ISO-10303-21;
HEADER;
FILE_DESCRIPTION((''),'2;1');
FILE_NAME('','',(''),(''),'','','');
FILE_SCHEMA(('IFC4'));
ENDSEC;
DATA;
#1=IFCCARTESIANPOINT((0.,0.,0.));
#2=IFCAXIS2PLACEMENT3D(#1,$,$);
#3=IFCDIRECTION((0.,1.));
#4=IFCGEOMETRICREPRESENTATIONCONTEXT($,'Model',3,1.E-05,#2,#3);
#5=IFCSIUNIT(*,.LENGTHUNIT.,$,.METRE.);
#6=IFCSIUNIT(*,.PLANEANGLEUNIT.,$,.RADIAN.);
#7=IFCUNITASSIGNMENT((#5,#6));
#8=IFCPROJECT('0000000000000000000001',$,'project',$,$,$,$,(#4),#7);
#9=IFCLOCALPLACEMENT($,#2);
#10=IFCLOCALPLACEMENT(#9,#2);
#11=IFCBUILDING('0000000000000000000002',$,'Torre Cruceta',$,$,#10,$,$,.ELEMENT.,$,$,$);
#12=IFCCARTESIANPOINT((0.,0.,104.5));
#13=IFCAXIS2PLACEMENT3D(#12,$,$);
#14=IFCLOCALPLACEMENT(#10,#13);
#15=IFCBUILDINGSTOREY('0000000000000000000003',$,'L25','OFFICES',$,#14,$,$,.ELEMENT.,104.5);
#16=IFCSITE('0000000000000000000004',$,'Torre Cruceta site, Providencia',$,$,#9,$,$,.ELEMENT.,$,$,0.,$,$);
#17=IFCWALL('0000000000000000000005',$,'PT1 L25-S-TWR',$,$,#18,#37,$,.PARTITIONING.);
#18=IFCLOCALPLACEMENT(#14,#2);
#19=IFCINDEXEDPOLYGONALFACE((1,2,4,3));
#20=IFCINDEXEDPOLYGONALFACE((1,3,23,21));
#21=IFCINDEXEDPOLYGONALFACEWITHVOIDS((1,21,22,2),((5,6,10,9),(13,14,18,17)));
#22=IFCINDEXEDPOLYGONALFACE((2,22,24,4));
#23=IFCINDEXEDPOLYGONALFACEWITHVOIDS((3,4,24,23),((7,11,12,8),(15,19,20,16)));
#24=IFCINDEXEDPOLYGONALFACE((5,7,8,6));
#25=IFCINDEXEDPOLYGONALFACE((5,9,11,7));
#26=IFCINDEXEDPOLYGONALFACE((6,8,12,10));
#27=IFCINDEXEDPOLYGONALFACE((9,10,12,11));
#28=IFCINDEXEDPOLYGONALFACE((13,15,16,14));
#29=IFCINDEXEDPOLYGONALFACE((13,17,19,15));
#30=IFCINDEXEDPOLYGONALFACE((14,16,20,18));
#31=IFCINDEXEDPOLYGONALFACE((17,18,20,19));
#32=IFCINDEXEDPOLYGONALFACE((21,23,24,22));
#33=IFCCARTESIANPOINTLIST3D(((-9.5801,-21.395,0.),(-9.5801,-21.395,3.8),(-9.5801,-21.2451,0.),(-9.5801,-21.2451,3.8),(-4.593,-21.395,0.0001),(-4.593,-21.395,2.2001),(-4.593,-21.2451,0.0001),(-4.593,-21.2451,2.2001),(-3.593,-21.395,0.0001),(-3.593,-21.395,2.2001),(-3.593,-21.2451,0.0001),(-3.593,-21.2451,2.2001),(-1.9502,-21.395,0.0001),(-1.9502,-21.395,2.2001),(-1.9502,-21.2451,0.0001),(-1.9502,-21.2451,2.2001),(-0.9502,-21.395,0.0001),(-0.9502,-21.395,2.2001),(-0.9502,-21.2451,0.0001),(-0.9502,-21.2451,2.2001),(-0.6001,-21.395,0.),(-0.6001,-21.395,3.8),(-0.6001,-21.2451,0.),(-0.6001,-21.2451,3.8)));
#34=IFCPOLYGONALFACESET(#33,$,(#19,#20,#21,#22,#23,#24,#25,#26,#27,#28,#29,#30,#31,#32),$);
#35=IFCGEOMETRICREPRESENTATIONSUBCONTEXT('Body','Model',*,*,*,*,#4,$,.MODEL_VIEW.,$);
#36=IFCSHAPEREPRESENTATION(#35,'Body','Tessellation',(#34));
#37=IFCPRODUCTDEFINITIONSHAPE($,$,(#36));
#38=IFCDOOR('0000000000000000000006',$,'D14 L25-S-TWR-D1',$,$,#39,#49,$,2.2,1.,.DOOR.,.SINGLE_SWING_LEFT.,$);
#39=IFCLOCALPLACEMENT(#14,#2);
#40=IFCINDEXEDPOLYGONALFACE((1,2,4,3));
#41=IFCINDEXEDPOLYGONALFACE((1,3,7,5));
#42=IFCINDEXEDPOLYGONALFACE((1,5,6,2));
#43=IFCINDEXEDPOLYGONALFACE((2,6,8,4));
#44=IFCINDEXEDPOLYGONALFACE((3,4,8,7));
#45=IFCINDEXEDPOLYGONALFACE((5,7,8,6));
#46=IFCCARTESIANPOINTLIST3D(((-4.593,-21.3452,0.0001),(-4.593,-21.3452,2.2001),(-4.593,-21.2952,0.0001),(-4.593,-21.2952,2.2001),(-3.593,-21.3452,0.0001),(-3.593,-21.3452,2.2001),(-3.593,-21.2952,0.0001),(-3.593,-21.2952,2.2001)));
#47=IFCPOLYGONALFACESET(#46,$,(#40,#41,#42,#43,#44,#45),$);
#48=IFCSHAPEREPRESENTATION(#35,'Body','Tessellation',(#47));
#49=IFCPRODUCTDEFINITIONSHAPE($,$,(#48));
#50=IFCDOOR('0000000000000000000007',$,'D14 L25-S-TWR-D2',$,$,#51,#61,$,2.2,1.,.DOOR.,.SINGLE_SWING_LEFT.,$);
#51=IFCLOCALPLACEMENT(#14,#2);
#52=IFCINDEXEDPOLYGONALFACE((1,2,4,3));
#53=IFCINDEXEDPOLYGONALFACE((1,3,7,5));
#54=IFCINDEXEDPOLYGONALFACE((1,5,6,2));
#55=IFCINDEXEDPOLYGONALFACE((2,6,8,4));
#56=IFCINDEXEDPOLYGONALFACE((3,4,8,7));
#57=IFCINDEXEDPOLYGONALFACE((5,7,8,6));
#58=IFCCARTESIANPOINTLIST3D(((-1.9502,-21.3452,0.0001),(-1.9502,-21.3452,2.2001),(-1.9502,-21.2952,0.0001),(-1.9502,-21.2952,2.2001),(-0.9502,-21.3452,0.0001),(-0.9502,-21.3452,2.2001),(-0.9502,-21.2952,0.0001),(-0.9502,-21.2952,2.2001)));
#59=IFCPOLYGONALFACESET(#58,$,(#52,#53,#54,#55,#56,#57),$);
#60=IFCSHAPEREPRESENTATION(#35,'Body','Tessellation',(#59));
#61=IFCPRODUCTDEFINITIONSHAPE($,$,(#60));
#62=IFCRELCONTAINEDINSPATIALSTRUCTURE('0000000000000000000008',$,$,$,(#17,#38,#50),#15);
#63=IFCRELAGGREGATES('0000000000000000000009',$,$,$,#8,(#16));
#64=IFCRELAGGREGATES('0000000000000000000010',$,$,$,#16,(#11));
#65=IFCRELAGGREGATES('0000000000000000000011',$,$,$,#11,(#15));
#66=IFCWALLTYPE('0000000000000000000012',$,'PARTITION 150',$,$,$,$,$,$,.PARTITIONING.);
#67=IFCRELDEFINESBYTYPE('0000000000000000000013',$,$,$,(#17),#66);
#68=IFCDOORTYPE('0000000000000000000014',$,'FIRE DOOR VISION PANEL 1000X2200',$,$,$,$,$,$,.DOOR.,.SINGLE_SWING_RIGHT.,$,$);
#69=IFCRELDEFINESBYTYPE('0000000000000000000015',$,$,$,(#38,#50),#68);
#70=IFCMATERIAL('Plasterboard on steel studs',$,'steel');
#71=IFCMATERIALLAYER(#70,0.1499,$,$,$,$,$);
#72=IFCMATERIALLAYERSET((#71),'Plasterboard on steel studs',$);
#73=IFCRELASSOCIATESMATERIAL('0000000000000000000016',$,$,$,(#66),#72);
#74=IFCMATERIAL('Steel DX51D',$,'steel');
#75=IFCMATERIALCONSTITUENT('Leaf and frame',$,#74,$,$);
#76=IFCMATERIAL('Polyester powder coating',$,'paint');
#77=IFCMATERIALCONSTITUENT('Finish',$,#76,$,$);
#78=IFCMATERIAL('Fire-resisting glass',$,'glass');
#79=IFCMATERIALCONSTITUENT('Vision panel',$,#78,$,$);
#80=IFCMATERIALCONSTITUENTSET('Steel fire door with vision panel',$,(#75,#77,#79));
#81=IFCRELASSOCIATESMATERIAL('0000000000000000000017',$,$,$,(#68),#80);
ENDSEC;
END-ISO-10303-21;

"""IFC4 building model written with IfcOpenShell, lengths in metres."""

from ifc_helpers import new_model, si_unit, direction, frame, frame_2d, origin, place, context, subcontext, project, spatial, rectangle, extrude, material, layer, layer_set, constituent, constituent_set, type_object, element, fill, save


model = new_model("IFC4")

# Units and contexts
model_context = context("Model", 3, precision=1e-05, world=origin(), true_north=direction((0.0, 1.0)))
body_context = subcontext(model_context, "Body", "Model", "MODEL_VIEW")
ifc_project = project(units=[si_unit("LENGTHUNIT", "METRE"), si_unit("PLANEANGLEUNIT", "RADIAN")], contexts=[model_context])

# Site, building, storey
site_placement = place(None, origin())
site = spatial("IfcSite", under=ifc_project, at=site_placement, Name="Torre Cruceta site, Providencia", CompositionType="ELEMENT", RefElevation=0.0)
building_placement = place(site_placement, origin())
building = spatial("IfcBuilding", under=site, at=building_placement, Name="Torre Cruceta", CompositionType="ELEMENT")
storey_placement = place(building_placement, frame((0.0, 0.0, 104.5)))
storey = spatial("IfcBuildingStorey", under=building, at=storey_placement, Name="L25", Description="OFFICES", CompositionType="ELEMENT", Elevation=104.5)

# Shared definitions
ifc_material_1 = material(Name="Plasterboard on steel studs", Category="steel")
ifc_layer_1 = layer(ifc_material_1, 0.1499)
ifc_layer_set_1 = layer_set([ifc_layer_1], Name="Plasterboard on steel studs")
wall_type_1 = type_object("IfcWallType", Name="PARTITION 150", PredefinedType="PARTITIONING", material=ifc_layer_set_1)

# Wall, openings, doors
wall_1_placement = place(storey_placement, frame((-9.5801, -21.3201, 0.0), z_axis=(0.0, 0.0, 1.0), x_axis=(1.0, 0.0, 0.0)))
wall_1 = element("IfcWall", 1, at=wall_1_placement, inside=storey, type_object=wall_type_1, Name="PT1 L25-S-TWR", PredefinedType="PARTITIONING", context=body_context, shape_type="SweptSolid", body=[
    extrude(rectangle(XDim=8.98, YDim=0.1499, at=frame_2d((4.49, 0.0))), origin(), (0.0, 0.0, 1.0), 3.8),
])
opening_1_placement = place(wall_1_placement, frame((4.9871, 0.0, 0.0)))
opening_1 = element("IfcOpeningElement", 2, at=opening_1_placement, cuts=wall_1, PredefinedType="OPENING", context=body_context, shape_type="SweptSolid", body=[
    extrude(rectangle(XDim=1.0, YDim=2.2, at=frame_2d((0.5, 1.1001))), frame((0.0, 0.085, 0.0), z_axis=(0.0, -1.0, 0.0), x_axis=(1.0, 0.0, 0.0)), (0.0, 0.0, 1.0), 0.1699),
])
opening_2_placement = place(wall_1_placement, frame((7.6299, 0.0, 0.0)))
opening_2 = element("IfcOpeningElement", 3, at=opening_2_placement, cuts=wall_1, PredefinedType="OPENING", context=body_context, shape_type="SweptSolid", body=[
    extrude(rectangle(XDim=1.0, YDim=2.2, at=frame_2d((0.5, 1.1001))), frame((0.0, 0.085, 0.0), z_axis=(0.0, -1.0, 0.0), x_axis=(1.0, 0.0, 0.0)), (0.0, 0.0, 1.0), 0.1699),
])
ifc_material_2 = material(Name="Steel DX51D", Category="steel")
ifc_constituent_1 = constituent(ifc_material_2, Name="Leaf and frame")
ifc_material_3 = material(Name="Polyester powder coating", Category="paint")
ifc_constituent_2 = constituent(ifc_material_3, Name="Finish")
ifc_material_4 = material(Name="Fire-resisting glass", Category="glass")
ifc_constituent_3 = constituent(ifc_material_4, Name="Vision panel")
ifc_constituent_set_1 = constituent_set(constituents=[ifc_constituent_1, ifc_constituent_2, ifc_constituent_3], Name="Steel fire door with vision panel")
door_type = type_object("IfcDoorType", Name="FIRE DOOR VISION PANEL 1000X2200", OperationType="SINGLE_SWING_RIGHT", PredefinedType="DOOR", material=ifc_constituent_set_1)
door_1_placement = place(opening_1_placement, frame((1.0, 0.0, 0.0), z_axis=(0.0, 0.0, 1.0), x_axis=(-1.0, 0.0, 0.0)))
door_1 = element("IfcDoor", 4, at=door_1_placement, inside=storey, type_object=door_type, Name="D14 L25-S-TWR-D1", OperationType="SINGLE_SWING_LEFT", OverallHeight=2.2, OverallWidth=1.0, PredefinedType="DOOR", context=body_context, shape_type="SweptSolid", body=[
    extrude(rectangle(XDim=1.0, YDim=2.2, at=frame_2d((0.5, 1.1001))), frame((0.0, 0.0251, 0.0), z_axis=(0.0, -1.0, 0.0), x_axis=(1.0, 0.0, 0.0)), (0.0, 0.0, 1.0), 0.05),
])
fill(opening_1, door_1)
door_2_placement = place(opening_2_placement, frame((1.0, 0.0, 0.0), z_axis=(0.0, 0.0, 1.0), x_axis=(-1.0, 0.0, 0.0)))
door_2 = element("IfcDoor", 5, at=door_2_placement, inside=storey, type_object=door_type, Name="D14 L25-S-TWR-D2", OperationType="SINGLE_SWING_LEFT", OverallHeight=2.2, OverallWidth=1.0, PredefinedType="DOOR", context=body_context, shape_type="SweptSolid", body=[
    extrude(rectangle(XDim=1.0, YDim=2.2, at=frame_2d((0.5, 1.1001))), frame((0.0, 0.0251, 0.0), z_axis=(0.0, -1.0, 0.0), x_axis=(1.0, 0.0, 0.0)), (0.0, 0.0, 1.0), 0.05),
])
fill(opening_2, door_2)

save(model, "model.ifc")
